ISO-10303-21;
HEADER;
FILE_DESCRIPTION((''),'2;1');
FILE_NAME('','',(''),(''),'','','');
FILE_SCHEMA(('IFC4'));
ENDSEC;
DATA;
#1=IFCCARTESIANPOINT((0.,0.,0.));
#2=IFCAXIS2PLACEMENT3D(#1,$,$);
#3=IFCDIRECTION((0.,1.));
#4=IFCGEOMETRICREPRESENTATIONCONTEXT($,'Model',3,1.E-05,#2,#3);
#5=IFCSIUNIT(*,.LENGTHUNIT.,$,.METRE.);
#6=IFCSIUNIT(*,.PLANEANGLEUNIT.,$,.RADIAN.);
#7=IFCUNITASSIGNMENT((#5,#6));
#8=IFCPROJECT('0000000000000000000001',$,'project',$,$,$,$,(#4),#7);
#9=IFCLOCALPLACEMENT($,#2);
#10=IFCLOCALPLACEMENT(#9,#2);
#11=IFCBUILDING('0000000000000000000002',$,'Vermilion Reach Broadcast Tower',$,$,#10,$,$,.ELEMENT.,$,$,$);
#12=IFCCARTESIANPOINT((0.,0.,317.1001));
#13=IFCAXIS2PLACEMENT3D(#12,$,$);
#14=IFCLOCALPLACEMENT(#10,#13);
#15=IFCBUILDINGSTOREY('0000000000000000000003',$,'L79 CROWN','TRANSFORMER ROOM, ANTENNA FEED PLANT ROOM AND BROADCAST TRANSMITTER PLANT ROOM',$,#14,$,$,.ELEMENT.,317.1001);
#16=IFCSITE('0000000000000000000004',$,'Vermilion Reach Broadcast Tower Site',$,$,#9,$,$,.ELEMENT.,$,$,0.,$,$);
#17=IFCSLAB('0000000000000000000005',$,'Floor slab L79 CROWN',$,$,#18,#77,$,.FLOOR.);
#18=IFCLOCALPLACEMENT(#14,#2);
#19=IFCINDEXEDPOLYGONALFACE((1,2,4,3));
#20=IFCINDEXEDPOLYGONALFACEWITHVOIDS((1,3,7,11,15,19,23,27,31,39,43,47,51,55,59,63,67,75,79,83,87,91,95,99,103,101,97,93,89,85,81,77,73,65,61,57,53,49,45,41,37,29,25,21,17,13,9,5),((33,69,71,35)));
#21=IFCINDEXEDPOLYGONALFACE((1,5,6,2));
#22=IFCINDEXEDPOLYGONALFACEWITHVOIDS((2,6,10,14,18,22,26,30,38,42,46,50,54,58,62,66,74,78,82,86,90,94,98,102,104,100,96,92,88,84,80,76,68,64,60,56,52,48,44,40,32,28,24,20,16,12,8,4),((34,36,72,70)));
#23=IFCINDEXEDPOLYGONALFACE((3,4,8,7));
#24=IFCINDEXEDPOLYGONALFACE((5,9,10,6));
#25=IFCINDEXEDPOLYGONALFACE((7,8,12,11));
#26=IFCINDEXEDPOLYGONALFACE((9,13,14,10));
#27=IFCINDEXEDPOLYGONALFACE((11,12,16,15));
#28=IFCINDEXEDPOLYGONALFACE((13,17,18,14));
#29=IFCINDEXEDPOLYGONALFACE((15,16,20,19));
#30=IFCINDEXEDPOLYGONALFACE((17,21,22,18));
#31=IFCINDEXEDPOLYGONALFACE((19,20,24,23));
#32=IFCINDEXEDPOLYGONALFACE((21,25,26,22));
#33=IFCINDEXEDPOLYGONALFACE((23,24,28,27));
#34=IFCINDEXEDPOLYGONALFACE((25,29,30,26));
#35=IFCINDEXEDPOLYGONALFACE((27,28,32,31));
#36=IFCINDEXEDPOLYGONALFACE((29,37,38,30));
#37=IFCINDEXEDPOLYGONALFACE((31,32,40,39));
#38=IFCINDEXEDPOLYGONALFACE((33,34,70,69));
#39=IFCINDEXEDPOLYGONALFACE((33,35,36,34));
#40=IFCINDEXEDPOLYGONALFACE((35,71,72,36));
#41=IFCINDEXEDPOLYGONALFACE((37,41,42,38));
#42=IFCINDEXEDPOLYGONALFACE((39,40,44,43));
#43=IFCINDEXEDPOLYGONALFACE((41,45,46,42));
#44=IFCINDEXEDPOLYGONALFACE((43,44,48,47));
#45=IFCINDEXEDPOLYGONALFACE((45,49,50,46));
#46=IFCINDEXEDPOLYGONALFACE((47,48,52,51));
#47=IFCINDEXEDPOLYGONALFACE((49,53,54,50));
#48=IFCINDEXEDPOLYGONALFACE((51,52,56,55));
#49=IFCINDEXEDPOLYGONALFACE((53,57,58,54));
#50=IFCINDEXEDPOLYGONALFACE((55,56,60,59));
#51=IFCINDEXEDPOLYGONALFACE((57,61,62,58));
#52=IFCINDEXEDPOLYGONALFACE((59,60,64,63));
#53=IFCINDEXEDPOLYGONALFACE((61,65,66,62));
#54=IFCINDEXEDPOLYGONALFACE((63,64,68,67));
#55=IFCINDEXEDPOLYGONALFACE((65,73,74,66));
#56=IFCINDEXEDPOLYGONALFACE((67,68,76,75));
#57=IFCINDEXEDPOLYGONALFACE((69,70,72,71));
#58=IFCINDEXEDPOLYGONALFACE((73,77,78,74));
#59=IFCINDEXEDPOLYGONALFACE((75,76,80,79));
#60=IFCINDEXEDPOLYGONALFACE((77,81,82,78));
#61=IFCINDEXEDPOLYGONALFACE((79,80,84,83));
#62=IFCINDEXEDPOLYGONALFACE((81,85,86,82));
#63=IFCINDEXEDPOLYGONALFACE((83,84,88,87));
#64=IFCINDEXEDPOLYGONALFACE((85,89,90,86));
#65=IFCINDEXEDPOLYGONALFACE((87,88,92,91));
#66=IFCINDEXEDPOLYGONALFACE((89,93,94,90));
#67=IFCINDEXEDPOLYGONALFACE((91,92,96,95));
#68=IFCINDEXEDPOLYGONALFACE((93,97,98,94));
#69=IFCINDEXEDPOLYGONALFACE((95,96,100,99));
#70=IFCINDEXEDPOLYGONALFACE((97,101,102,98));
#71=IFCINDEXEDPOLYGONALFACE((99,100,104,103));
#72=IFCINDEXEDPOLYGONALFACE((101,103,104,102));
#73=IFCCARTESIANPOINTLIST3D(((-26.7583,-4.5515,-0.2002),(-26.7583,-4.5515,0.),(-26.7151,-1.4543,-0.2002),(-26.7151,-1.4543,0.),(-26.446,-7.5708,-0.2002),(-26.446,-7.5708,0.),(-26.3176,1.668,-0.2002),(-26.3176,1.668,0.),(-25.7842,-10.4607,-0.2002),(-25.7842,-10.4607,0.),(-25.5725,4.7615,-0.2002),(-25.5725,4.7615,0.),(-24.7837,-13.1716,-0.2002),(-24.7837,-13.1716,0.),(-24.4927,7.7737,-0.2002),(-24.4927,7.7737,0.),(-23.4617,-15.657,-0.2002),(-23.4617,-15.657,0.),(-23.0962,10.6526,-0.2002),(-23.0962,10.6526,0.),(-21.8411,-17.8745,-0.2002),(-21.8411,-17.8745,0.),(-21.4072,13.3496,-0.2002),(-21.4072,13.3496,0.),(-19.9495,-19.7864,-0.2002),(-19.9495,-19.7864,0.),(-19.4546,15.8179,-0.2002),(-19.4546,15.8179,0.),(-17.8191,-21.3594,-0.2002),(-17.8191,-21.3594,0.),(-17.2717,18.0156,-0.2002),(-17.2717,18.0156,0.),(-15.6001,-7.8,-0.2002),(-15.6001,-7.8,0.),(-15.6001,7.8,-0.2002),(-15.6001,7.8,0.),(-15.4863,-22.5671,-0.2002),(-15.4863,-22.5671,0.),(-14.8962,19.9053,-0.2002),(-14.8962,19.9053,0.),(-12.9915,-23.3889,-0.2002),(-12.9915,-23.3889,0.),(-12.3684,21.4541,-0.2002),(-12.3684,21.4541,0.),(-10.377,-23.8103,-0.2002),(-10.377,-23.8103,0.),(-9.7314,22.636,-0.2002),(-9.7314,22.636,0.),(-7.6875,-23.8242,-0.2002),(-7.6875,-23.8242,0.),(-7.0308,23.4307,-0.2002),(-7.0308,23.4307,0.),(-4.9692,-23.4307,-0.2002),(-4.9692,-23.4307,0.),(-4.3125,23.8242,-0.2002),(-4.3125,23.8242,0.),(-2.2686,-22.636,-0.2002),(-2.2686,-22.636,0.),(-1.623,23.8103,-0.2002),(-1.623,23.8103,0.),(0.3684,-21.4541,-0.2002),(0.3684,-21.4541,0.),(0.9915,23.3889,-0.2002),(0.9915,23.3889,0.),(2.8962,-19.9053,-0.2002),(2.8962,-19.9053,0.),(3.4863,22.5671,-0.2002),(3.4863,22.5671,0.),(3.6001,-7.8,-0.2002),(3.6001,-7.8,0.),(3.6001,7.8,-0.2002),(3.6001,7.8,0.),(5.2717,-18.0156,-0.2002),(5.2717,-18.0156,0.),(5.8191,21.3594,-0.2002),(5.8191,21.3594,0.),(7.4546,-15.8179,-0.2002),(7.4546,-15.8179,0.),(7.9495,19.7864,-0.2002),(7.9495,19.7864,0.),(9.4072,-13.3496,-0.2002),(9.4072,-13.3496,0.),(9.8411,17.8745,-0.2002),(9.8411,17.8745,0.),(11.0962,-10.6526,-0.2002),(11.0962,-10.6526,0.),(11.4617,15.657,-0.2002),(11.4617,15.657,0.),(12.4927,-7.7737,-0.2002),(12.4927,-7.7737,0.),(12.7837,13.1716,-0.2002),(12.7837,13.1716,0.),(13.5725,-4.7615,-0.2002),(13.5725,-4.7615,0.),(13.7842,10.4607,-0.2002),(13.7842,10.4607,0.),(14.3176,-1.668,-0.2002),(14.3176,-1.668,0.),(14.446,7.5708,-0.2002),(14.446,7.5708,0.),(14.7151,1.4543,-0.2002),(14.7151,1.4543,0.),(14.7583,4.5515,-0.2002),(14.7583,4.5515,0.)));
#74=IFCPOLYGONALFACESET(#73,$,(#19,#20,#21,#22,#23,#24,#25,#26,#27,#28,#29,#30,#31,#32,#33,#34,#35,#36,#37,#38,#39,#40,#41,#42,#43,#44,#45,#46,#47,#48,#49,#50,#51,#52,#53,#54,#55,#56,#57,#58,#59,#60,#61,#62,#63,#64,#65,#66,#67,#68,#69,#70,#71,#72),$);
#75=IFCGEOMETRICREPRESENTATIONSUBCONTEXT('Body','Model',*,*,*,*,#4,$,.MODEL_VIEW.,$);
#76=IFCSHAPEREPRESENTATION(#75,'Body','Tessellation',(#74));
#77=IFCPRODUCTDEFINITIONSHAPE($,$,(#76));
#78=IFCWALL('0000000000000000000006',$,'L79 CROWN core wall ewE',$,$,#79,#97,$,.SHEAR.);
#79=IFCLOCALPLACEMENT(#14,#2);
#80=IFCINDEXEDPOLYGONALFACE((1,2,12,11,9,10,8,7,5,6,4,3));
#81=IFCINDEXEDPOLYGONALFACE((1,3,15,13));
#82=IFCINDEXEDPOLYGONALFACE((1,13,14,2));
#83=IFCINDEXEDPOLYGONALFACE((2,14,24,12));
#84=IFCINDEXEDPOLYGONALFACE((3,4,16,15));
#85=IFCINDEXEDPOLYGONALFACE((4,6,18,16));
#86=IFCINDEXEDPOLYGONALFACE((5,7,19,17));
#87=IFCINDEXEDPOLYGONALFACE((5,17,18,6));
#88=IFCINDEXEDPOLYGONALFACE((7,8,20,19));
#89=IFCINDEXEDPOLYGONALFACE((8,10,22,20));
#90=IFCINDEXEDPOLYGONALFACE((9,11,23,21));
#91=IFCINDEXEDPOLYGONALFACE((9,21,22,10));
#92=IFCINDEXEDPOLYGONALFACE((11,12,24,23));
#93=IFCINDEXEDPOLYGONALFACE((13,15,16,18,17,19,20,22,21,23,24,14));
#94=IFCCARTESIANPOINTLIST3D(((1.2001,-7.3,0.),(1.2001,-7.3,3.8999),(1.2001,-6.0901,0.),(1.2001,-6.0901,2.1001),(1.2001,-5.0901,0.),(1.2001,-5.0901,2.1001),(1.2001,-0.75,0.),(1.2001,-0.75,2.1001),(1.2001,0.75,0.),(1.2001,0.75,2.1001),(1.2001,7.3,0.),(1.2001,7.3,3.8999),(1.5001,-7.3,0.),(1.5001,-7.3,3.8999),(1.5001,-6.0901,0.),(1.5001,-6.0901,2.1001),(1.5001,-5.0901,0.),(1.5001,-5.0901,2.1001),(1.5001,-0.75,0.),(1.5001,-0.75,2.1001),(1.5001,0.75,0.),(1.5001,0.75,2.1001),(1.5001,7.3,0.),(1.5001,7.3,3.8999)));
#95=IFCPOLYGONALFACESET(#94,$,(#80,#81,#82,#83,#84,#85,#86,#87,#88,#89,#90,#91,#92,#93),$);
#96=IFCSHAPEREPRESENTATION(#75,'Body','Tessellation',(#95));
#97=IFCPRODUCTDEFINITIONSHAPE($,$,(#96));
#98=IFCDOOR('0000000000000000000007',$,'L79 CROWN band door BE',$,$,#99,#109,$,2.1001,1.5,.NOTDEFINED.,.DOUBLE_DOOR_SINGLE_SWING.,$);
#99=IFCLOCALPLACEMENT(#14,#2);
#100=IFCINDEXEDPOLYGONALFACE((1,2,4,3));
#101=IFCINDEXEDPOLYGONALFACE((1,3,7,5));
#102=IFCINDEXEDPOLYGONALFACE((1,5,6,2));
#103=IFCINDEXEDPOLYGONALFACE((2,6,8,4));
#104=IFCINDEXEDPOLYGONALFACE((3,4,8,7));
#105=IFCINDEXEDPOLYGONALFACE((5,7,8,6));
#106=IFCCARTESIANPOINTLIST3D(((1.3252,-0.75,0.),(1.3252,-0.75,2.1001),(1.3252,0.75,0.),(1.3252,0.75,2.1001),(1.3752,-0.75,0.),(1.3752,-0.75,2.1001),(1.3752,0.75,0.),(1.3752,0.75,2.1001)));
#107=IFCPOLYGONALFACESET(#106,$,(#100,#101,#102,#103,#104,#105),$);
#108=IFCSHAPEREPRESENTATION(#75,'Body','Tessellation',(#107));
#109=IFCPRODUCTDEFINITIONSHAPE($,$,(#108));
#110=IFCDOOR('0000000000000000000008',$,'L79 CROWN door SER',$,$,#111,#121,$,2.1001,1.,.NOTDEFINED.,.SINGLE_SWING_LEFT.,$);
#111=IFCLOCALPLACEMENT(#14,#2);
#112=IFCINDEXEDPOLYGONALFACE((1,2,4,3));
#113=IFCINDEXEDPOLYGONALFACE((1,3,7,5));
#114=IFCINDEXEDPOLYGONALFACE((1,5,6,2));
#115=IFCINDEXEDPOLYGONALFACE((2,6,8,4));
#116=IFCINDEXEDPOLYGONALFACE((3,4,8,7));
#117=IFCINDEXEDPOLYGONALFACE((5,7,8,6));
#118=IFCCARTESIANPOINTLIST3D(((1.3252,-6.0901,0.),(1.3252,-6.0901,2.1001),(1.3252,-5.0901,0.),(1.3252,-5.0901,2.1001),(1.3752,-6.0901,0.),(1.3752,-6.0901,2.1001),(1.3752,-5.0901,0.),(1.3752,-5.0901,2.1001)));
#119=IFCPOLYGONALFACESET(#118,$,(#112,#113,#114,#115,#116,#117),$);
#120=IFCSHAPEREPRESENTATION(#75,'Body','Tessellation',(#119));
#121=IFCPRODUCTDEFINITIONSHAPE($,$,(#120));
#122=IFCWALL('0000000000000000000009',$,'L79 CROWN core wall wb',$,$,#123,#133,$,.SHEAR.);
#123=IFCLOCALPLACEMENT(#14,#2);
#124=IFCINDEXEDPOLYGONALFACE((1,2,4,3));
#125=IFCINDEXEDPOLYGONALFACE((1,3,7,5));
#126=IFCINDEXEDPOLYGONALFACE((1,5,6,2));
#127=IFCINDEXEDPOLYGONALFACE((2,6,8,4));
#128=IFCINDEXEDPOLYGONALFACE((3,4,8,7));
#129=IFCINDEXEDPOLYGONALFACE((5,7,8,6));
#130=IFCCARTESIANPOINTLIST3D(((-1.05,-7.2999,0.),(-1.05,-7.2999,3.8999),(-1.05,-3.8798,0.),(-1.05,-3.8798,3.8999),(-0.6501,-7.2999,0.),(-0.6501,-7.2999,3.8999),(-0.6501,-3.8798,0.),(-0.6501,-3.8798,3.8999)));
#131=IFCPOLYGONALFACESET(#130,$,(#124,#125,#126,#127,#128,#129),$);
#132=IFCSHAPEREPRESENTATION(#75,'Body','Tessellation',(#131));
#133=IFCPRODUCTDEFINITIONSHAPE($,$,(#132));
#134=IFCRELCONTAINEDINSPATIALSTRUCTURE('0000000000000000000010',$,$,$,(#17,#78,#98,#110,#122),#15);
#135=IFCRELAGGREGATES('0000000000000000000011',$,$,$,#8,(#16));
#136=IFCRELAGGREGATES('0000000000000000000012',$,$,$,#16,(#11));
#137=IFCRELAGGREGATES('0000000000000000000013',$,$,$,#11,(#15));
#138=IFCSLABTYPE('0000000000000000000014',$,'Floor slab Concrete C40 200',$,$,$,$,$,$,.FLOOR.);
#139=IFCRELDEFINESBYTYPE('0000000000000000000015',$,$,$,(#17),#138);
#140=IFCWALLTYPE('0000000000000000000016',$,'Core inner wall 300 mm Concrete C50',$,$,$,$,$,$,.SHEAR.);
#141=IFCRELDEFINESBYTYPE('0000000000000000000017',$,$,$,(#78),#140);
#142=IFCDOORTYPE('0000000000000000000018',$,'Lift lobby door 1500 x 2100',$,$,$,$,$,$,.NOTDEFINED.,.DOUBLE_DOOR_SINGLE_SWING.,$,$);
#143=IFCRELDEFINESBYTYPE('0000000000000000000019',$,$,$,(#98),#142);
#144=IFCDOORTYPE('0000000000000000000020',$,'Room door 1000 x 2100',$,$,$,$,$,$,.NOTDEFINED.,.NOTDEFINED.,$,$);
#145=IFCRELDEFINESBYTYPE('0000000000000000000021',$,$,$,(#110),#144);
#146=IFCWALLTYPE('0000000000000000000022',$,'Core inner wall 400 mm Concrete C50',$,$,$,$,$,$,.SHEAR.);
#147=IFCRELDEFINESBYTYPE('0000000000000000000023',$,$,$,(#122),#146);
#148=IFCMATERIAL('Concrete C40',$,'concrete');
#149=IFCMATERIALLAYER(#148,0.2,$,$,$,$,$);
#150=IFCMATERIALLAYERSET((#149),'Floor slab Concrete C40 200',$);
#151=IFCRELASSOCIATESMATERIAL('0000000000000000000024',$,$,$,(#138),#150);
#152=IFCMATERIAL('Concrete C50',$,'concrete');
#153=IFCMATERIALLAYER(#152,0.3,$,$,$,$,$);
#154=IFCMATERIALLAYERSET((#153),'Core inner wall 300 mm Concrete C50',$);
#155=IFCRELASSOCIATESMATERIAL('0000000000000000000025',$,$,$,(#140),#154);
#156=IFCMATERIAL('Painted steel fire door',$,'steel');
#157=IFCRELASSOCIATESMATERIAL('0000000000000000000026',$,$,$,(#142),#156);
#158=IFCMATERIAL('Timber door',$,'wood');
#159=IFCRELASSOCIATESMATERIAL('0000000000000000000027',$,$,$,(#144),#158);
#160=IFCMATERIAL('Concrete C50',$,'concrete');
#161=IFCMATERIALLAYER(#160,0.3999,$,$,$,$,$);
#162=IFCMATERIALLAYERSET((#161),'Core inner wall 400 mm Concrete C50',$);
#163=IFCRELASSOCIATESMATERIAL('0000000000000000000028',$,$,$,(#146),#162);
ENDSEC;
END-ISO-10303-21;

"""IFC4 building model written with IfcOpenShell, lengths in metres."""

from ifc_helpers import new_model, si_unit, direction, frame, frame_2d, origin, place, context, subcontext, project, spatial, polyline, rectangle, outline, extrude, material, layer, layer_set, type_object, element, fill, save


model = new_model("IFC4")

# Units and contexts
model_context = context("Model", 3, precision=1e-05, world=origin(), true_north=direction((0.0, 1.0)))
body_context = subcontext(model_context, "Body", "Model", "MODEL_VIEW")
ifc_project = project(units=[si_unit("LENGTHUNIT", "METRE"), si_unit("PLANEANGLEUNIT", "RADIAN")], contexts=[model_context])

# Site, building, storey
site_placement = place(None, origin())
site = spatial("IfcSite", under=ifc_project, at=site_placement, Name="Vermilion Reach Broadcast Tower Site", CompositionType="ELEMENT", RefElevation=0.0)
building_placement = place(site_placement, origin())
building = spatial("IfcBuilding", under=site, at=building_placement, Name="Vermilion Reach Broadcast Tower", CompositionType="ELEMENT")
storey_placement = place(building_placement, frame((0.0, 0.0, 317.1001)))
storey = spatial("IfcBuildingStorey", under=building, at=storey_placement, Name="L79 CROWN", Description="TRANSFORMER ROOM, ANTENNA FEED PLANT ROOM AND BROADCAST TRANSMITTER PLANT ROOM", CompositionType="ELEMENT", Elevation=317.1001)

# Slab
ifc_material_1 = material(Name="Concrete C40", Category="concrete")
ifc_layer_1 = layer(ifc_material_1, 0.2)
ifc_layer_set_1 = layer_set([ifc_layer_1], Name="Floor slab Concrete C40 200")
slab_type_1 = type_object("IfcSlabType", Name="Floor slab Concrete C40 200", PredefinedType="FLOOR", material=ifc_layer_set_1)
slab_1_placement = place(storey_placement, frame((0.0, 0.0, -0.2002)))
element("IfcSlab", 1, at=slab_1_placement, inside=storey, type_object=slab_type_1, Name="Floor slab L79 CROWN", PredefinedType="FLOOR", context=body_context, shape_type="SweptSolid", body=[
    extrude(outline(polyline([(3.4863, 22.5671), (0.9915, 23.3889), (-1.623, 23.8103), (-4.3125, 23.8242), (-7.0308, 23.4307), (-9.7314, 22.636), (-12.3684, 21.4541), (-14.8962, 19.9053), (-17.2717, 18.0156), (-19.4546, 15.8179), (-21.4072, 13.3496), (-23.0962, 10.6526), (-24.4927, 7.7737), (-25.5725, 4.7615), (-26.3176, 1.668), (-26.7151, -1.4543), (-26.7583, -4.5515), (-26.446, -7.5708), (-25.7842, -10.4607), (-24.7837, -13.1716), (-23.4617, -15.657), (-21.8411, -17.8745), (-19.9495, -19.7864), (-17.8191, -21.3594), (-15.4863, -22.5671), (-12.9915, -23.3889), (-10.377, -23.8103), (-7.6875, -23.8242), (-4.9692, -23.4307), (-2.2686, -22.636), (0.3684, -21.4541), (2.8962, -19.9053), (5.2717, -18.0156), (7.4546, -15.8179), (9.4072, -13.3496), (11.0962, -10.6526), (12.4927, -7.7737), (13.5725, -4.7615), (14.3176, -1.668), (14.7151, 1.4543), (14.7583, 4.5515), (14.446, 7.5708), (13.7842, 10.4607), (12.7837, 13.1716), (11.4617, 15.657), (9.8411, 17.8745), (7.9495, 19.7864), (5.8191, 21.3594), (3.4863, 22.5671)]), holes=[polyline([(-15.6001, -7.8), (3.6001, -7.8), (3.6001, 7.8), (-15.6001, 7.8), (-15.6001, -7.8)])]), origin(), (0.0, 0.0, 1.0), 0.2002),
])

# Wall, openings, doors
ifc_material_2 = material(Name="Concrete C50", Category="concrete")
ifc_layer_2 = layer(ifc_material_2, 0.3)
ifc_layer_set_2 = layer_set([ifc_layer_2], Name="Core inner wall 300 mm Concrete C50")
wall_type_1 = type_object("IfcWallType", Name="Core inner wall 300 mm Concrete C50", PredefinedType="SHEAR", material=ifc_layer_set_2)
wall_1_placement = place(storey_placement, frame((1.3501, -7.3, 0.0), z_axis=(0.0, 0.0, 1.0), x_axis=(0.0, 1.0, 0.0)))
wall_1 = element("IfcWall", 2, at=wall_1_placement, inside=storey, type_object=wall_type_1, Name="L79 CROWN core wall ewE", PredefinedType="SHEAR", context=body_context, shape_type="SweptSolid", body=[
    extrude(rectangle(XDim=14.6001, YDim=0.3, at=frame_2d((7.3, 0.0))), origin(), (0.0, 0.0, 1.0), 3.8999),
])
opening_1_placement = place(wall_1_placement, frame((1.21, 0.0, 0.0)))
opening_1 = element("IfcOpeningElement", 3, at=opening_1_placement, cuts=wall_1, PredefinedType="OPENING", context=body_context, shape_type="SweptSolid", body=[
    extrude(rectangle(XDim=1.0, YDim=2.1001, at=frame_2d((0.5, 1.05))), frame((0.0, 0.1599, 0.0), z_axis=(0.0, -1.0, 0.0), x_axis=(1.0, 0.0, 0.0)), (0.0, 0.0, 1.0), 0.3201),
])
opening_2_placement = place(wall_1_placement, frame((6.55, 0.0, 0.0)))
opening_2 = element("IfcOpeningElement", 4, at=opening_2_placement, cuts=wall_1, PredefinedType="OPENING", context=body_context, shape_type="SweptSolid", body=[
    extrude(rectangle(XDim=1.5, YDim=2.1001, at=frame_2d((0.75, 1.05))), frame((0.0, 0.1599, 0.0), z_axis=(0.0, -1.0, 0.0), x_axis=(1.0, 0.0, 0.0)), (0.0, 0.0, 1.0), 0.3201),
])
ifc_material_3 = material(Name="Painted steel fire door", Category="steel")
door_type_1 = type_object("IfcDoorType", Name="Lift lobby door 1500 x 2100", OperationType="DOUBLE_DOOR_SINGLE_SWING", PredefinedType="NOTDEFINED", material=ifc_material_3)
door_1_placement = place(opening_2_placement, origin())
door_1 = element("IfcDoor", 5, at=door_1_placement, inside=storey, type_object=door_type_1, Name="L79 CROWN band door BE", OperationType="DOUBLE_DOOR_SINGLE_SWING", OverallHeight=2.1001, OverallWidth=1.5, PredefinedType="NOTDEFINED", context=body_context, shape_type="SweptSolid", body=[
    extrude(rectangle(XDim=1.5, YDim=2.1001, at=frame_2d((0.75, 1.05))), frame((0.0, 0.0249, 0.0), z_axis=(0.0, -1.0, 0.0), x_axis=(1.0, 0.0, 0.0)), (0.0, 0.0, 1.0), 0.05),
])
fill(opening_2, door_1)
ifc_material_4 = material(Name="Timber door", Category="wood")
door_type_2 = type_object("IfcDoorType", Name="Room door 1000 x 2100", OperationType="NOTDEFINED", PredefinedType="NOTDEFINED", material=ifc_material_4)
door_2_placement = place(opening_1_placement, origin())
door_2 = element("IfcDoor", 6, at=door_2_placement, inside=storey, type_object=door_type_2, Name="L79 CROWN door SER", OperationType="SINGLE_SWING_LEFT", OverallHeight=2.1001, OverallWidth=1.0, PredefinedType="NOTDEFINED", context=body_context, shape_type="SweptSolid", body=[
    extrude(rectangle(XDim=1.0, YDim=2.1001, at=frame_2d((0.5, 1.05))), frame((0.0, 0.0249, 0.0), z_axis=(0.0, -1.0, 0.0), x_axis=(1.0, 0.0, 0.0)), (0.0, 0.0, 1.0), 0.05),
])
fill(opening_1, door_2)

# Wall
ifc_material_5 = material(Name="Concrete C50", Category="concrete")
ifc_layer_3 = layer(ifc_material_5, 0.3999)
ifc_layer_set_3 = layer_set([ifc_layer_3], Name="Core inner wall 400 mm Concrete C50")
wall_type_2 = type_object("IfcWallType", Name="Core inner wall 400 mm Concrete C50", PredefinedType="SHEAR", material=ifc_layer_set_3)
wall_2_placement = place(storey_placement, frame((-0.8501, -3.8799, 0.0), z_axis=(0.0, 0.0, 1.0), x_axis=(0.0, -1.0, 0.0)))
element("IfcWall", 7, at=wall_2_placement, inside=storey, type_object=wall_type_2, Name="L79 CROWN core wall wb", PredefinedType="SHEAR", context=body_context, shape_type="SweptSolid", body=[
    extrude(rectangle(XDim=3.4202, YDim=0.3999, at=frame_2d((1.71, 0.0))), origin(), (0.0, 0.0, 1.0), 3.8999),
])

save(model, "model.ifc")
